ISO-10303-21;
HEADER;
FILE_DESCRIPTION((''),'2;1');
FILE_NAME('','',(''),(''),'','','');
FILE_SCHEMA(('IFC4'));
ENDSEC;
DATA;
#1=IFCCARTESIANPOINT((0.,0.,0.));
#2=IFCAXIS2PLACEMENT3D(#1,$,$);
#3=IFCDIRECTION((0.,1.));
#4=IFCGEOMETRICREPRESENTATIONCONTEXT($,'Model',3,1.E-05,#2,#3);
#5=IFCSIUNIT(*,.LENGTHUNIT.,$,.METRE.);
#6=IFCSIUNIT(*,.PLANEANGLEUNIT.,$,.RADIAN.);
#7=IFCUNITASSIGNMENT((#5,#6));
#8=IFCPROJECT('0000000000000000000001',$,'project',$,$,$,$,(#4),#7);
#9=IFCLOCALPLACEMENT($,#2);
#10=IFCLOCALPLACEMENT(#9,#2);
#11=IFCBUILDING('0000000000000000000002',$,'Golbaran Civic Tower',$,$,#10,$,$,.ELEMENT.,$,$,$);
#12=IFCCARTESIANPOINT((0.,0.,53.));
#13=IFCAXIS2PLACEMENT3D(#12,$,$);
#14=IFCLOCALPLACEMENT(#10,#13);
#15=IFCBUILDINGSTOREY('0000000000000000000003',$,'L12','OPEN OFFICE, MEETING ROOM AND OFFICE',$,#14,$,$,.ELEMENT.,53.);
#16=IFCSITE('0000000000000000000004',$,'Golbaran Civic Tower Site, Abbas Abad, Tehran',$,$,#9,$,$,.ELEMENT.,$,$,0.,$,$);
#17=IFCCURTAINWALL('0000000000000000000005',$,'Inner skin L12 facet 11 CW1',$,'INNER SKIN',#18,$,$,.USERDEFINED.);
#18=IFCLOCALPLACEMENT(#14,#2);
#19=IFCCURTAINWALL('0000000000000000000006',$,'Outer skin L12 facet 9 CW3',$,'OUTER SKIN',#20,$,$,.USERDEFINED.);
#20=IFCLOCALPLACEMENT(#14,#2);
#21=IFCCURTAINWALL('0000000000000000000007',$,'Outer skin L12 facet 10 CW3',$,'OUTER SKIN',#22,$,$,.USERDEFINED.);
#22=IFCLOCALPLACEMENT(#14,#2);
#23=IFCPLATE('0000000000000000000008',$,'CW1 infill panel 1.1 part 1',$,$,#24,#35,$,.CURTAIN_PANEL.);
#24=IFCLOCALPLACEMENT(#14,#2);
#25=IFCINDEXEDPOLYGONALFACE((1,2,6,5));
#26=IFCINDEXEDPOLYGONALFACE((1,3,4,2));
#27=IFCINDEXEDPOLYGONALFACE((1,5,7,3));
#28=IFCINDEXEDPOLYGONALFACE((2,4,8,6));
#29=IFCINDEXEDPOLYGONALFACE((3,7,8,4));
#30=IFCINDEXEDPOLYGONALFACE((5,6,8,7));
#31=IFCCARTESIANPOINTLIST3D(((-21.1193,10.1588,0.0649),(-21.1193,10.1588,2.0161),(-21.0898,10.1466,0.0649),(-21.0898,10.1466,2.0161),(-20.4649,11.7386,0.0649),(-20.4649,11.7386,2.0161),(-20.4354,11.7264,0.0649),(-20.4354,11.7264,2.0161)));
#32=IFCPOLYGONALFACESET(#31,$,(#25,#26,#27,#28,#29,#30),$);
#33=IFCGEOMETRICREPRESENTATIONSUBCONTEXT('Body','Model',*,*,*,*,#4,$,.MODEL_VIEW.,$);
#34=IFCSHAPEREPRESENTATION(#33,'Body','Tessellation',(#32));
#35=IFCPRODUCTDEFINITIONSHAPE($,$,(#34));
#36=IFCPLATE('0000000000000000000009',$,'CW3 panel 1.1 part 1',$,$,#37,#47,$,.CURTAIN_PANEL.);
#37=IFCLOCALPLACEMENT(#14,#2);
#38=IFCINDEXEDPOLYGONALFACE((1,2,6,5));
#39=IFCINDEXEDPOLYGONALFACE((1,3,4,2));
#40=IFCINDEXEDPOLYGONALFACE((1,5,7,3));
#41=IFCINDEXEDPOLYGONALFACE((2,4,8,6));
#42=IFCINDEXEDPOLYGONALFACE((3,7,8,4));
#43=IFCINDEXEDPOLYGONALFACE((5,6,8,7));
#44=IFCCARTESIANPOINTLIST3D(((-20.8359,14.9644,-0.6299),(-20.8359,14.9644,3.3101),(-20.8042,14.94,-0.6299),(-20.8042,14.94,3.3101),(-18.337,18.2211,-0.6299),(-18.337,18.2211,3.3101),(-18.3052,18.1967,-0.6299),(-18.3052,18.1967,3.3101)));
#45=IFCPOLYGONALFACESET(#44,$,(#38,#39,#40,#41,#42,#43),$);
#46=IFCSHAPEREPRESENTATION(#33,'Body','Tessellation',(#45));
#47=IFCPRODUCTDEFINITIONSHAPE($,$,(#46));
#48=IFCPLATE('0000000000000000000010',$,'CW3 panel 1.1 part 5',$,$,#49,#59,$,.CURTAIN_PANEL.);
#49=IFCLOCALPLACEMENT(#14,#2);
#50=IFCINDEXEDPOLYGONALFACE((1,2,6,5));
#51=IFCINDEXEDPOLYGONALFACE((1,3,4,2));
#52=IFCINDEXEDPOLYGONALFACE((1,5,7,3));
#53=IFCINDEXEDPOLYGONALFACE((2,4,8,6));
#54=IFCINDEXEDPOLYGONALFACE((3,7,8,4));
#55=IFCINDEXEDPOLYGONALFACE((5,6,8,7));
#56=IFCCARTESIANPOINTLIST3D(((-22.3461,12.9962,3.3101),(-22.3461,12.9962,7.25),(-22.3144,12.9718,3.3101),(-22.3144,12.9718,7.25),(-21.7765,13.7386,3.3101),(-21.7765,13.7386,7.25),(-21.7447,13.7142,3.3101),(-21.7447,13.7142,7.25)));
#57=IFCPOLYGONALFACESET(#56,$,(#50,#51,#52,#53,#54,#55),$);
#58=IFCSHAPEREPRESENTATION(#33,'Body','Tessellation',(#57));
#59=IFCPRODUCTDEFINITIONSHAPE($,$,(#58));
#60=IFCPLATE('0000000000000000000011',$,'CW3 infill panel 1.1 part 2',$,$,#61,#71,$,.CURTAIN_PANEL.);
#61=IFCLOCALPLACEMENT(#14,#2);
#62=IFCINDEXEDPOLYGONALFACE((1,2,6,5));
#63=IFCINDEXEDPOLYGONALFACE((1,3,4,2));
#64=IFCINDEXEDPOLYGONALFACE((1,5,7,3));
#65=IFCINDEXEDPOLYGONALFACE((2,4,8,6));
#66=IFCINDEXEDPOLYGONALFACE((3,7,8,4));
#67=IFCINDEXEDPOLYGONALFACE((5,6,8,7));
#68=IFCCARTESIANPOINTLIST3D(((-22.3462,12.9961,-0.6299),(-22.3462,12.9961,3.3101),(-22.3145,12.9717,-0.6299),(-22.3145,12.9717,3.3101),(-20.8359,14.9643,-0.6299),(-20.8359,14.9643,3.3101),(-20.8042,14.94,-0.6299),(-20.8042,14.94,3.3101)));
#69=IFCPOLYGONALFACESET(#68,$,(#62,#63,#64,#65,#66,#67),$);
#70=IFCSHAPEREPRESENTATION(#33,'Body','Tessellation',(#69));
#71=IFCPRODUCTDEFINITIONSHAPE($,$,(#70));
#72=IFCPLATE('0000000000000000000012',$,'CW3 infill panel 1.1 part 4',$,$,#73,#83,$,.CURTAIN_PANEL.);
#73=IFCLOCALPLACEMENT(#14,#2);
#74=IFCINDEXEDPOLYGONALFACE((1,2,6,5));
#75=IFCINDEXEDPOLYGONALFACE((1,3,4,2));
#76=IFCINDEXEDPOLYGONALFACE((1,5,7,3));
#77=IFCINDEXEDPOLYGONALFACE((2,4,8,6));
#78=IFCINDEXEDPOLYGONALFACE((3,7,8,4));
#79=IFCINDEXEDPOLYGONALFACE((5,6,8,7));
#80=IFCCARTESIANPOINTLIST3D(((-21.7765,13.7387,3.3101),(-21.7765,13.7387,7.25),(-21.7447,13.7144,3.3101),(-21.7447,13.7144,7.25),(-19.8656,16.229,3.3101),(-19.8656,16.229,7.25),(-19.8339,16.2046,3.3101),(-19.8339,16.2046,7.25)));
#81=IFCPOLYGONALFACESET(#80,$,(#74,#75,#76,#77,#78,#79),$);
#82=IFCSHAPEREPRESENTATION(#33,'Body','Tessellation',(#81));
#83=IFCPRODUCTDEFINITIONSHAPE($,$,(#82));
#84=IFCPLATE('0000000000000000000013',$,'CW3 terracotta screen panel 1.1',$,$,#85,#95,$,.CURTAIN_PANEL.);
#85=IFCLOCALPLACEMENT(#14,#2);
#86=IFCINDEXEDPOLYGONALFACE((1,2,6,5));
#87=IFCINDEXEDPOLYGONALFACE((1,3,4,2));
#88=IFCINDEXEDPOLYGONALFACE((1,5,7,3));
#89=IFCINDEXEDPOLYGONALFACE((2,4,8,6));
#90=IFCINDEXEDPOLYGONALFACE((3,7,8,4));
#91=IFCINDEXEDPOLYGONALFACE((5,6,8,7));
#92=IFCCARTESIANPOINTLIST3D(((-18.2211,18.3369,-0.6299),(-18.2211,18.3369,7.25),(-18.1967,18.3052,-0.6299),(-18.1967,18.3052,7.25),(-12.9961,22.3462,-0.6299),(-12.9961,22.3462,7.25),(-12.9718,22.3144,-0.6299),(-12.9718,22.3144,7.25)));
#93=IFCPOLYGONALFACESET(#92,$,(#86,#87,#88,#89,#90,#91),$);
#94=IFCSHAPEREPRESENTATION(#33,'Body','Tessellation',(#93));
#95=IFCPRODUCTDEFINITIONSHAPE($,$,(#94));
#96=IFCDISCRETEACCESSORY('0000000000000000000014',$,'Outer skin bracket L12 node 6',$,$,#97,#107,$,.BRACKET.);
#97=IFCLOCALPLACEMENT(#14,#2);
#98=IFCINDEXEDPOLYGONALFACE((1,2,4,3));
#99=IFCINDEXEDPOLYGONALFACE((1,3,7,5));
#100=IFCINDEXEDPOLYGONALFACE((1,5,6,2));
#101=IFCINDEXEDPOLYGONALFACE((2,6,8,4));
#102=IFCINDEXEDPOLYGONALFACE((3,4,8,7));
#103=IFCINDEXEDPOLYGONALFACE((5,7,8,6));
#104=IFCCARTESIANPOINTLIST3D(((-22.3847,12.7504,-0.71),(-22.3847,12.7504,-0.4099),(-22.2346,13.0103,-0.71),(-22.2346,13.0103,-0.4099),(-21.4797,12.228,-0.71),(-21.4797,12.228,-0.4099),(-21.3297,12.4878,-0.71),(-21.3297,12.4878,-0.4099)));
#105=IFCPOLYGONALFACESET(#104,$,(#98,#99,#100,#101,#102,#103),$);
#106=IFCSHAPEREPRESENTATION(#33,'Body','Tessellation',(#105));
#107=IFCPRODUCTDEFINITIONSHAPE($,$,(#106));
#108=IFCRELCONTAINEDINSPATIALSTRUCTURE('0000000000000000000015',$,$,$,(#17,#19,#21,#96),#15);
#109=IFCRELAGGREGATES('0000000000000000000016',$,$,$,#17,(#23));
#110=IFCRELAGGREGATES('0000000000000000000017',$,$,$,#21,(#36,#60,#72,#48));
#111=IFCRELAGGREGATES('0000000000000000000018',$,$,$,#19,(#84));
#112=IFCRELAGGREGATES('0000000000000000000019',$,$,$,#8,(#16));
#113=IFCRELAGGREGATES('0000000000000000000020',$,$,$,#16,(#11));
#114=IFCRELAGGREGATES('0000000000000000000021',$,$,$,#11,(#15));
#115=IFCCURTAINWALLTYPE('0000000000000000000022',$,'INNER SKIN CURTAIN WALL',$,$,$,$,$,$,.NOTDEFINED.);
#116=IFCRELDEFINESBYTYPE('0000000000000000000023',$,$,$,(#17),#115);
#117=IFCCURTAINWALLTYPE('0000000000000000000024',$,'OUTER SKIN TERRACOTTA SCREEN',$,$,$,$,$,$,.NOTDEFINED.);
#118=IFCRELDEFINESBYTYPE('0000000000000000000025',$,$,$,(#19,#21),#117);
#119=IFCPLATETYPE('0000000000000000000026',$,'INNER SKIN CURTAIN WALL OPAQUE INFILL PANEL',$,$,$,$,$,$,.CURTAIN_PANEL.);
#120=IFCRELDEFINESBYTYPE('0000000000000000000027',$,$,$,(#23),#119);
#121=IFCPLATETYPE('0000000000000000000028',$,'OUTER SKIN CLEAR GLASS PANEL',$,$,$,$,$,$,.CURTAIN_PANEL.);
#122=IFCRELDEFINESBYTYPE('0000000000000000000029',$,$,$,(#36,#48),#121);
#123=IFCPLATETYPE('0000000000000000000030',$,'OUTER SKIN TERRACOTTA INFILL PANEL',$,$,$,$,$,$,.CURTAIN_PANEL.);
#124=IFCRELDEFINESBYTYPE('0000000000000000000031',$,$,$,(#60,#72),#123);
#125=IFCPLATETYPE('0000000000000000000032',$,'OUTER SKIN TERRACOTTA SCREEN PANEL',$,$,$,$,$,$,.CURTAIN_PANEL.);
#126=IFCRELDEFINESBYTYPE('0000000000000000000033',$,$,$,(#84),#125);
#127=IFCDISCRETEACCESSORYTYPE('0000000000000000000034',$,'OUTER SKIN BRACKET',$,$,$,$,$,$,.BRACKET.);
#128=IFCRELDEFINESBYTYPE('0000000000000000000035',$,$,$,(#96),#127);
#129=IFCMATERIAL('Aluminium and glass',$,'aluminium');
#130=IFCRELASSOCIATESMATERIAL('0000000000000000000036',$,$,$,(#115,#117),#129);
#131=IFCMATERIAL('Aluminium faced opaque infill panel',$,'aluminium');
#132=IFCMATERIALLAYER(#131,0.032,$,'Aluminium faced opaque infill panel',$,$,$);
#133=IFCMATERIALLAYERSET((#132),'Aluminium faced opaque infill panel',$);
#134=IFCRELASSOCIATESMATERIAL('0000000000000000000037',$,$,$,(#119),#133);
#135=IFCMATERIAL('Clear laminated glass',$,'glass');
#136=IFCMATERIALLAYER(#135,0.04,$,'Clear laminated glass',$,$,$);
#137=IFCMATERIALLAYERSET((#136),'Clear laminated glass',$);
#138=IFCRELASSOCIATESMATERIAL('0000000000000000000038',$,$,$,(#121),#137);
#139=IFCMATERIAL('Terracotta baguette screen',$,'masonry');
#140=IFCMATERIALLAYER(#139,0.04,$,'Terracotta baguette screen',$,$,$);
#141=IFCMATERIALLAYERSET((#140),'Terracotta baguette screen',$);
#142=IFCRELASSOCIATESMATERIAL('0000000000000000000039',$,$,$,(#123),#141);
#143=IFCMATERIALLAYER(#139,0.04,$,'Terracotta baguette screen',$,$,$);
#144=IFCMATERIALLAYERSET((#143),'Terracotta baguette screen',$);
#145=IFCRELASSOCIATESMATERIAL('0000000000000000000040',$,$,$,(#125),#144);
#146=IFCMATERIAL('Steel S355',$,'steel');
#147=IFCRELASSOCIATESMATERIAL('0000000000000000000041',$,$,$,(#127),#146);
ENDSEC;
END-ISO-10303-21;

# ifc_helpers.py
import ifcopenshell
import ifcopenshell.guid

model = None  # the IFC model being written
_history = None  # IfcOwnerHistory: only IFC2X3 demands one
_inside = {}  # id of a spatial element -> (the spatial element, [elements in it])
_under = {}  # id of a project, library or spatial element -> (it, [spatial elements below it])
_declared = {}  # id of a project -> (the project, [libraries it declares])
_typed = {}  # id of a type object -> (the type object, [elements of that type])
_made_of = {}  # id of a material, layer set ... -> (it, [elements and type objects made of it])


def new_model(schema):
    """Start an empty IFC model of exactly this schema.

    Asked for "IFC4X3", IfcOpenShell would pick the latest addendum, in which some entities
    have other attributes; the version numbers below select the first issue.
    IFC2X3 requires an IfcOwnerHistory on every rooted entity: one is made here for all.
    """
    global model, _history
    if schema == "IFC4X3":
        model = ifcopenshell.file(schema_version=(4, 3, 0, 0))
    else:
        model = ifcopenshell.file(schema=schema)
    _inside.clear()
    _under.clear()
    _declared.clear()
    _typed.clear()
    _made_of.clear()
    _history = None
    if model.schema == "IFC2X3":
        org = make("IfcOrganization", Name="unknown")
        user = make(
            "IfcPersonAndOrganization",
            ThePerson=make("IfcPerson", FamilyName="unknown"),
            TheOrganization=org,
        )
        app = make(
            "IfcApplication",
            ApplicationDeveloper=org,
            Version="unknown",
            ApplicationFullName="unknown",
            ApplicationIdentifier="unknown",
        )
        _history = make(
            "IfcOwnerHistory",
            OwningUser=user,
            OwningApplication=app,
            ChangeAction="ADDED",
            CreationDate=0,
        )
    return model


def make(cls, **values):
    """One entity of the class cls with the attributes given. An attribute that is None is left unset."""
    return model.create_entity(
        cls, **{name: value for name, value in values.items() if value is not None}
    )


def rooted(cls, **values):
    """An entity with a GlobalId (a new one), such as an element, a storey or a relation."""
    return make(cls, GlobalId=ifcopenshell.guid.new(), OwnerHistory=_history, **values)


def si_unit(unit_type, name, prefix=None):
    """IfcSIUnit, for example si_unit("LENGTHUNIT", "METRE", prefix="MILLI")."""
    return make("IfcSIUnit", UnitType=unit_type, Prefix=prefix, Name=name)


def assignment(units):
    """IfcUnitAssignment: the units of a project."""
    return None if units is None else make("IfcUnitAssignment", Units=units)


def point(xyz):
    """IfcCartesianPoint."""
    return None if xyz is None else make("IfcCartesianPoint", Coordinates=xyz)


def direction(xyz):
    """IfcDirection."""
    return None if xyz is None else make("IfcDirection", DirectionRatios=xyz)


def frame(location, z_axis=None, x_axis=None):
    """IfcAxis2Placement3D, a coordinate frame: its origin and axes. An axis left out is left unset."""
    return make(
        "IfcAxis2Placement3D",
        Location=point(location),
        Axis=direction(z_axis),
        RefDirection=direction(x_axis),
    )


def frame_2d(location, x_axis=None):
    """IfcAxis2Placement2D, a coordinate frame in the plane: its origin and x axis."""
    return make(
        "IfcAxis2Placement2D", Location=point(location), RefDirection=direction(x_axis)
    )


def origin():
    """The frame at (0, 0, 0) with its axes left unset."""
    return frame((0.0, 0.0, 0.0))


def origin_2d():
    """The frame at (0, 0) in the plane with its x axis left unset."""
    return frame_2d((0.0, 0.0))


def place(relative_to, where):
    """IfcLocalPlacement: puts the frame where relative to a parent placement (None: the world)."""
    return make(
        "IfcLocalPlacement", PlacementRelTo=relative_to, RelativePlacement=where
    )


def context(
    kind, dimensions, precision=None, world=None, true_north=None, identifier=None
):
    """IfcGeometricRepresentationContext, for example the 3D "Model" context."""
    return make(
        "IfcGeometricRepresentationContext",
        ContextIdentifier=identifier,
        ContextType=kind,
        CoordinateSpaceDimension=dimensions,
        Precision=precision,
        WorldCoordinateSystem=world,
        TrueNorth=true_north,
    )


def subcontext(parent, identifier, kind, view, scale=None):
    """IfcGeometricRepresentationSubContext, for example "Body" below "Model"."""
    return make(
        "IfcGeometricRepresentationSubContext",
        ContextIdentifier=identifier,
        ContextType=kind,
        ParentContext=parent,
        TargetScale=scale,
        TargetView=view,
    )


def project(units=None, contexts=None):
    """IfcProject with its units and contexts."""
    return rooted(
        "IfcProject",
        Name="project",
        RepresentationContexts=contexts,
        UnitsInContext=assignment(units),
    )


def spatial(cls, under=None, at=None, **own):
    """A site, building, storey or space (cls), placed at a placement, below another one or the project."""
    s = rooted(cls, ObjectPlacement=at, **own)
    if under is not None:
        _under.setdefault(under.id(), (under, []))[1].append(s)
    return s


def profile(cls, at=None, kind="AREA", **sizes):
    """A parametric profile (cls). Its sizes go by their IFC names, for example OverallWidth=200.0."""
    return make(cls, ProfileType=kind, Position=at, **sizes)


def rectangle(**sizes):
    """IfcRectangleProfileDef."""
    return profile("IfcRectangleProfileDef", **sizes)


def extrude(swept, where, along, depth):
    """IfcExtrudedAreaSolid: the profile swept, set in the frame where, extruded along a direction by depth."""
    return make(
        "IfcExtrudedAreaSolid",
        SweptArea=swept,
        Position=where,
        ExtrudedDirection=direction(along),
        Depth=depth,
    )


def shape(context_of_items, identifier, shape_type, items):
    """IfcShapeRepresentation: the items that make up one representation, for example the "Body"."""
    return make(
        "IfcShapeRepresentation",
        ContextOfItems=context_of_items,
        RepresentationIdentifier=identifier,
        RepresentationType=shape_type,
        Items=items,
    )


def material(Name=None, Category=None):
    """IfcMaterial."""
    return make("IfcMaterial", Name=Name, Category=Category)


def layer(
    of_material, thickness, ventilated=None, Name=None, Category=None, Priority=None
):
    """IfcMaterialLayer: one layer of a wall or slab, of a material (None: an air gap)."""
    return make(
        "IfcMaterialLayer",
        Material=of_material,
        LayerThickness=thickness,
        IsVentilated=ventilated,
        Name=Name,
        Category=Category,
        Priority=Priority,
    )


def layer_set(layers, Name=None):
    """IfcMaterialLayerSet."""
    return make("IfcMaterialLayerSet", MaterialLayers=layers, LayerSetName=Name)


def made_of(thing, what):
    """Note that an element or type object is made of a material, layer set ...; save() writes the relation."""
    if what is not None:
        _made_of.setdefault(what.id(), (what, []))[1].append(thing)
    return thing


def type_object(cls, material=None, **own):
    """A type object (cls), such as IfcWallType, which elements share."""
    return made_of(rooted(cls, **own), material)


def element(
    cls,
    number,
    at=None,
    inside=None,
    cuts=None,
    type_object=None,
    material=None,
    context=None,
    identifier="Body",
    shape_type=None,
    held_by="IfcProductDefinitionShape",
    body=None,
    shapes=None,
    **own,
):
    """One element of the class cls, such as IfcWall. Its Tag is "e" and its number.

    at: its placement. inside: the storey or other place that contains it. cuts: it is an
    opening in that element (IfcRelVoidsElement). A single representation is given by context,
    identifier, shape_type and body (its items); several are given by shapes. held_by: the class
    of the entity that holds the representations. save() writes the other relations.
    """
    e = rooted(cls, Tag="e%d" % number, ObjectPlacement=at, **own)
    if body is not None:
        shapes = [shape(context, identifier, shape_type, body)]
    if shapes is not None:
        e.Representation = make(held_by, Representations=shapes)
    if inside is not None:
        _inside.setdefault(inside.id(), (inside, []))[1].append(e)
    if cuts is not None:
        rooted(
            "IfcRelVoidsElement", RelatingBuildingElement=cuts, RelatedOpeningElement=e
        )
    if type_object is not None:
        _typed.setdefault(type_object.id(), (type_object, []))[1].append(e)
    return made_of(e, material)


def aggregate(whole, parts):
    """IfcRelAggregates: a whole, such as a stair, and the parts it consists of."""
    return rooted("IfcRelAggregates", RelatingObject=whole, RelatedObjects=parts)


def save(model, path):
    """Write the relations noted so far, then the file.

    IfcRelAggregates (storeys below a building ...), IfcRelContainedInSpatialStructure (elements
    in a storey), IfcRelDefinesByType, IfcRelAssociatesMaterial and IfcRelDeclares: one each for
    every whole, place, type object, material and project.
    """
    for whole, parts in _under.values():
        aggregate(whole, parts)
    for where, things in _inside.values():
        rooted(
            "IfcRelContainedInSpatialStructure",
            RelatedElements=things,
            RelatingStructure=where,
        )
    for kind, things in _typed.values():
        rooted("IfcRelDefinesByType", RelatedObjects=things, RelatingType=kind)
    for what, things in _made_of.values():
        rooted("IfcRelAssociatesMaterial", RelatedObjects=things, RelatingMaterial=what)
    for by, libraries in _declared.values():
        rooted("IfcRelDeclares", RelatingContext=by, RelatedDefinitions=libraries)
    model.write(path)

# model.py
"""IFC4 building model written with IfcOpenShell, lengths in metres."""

from ifc_helpers import new_model, si_unit, direction, frame, origin, origin_2d, place, context, subcontext, project, spatial, rectangle, extrude, material, layer, layer_set, type_object, element, aggregate, save


model = new_model("IFC4")

# Units and contexts
model_context = context("Model", 3, precision=1e-05, world=origin(), true_north=direction((0.0, 1.0)))
body_context = subcontext(model_context, "Body", "Model", "MODEL_VIEW")
ifc_project = project(units=[si_unit("LENGTHUNIT", "METRE"), si_unit("PLANEANGLEUNIT", "RADIAN")], contexts=[model_context])

# Site, building, storey
site_placement = place(None, origin())
site = spatial("IfcSite", under=ifc_project, at=site_placement, Name="Golbaran Civic Tower Site, Abbas Abad, Tehran", CompositionType="ELEMENT", RefElevation=0.0)
building_placement = place(site_placement, origin())
building = spatial("IfcBuilding", under=site, at=building_placement, Name="Golbaran Civic Tower", CompositionType="ELEMENT")
storey_placement = place(building_placement, frame((0.0, 0.0, 53.0)))
storey = spatial("IfcBuildingStorey", under=building, at=storey_placement, Name="L12", Description="OPEN OFFICE, MEETING ROOM AND OFFICE", CompositionType="ELEMENT", Elevation=53.0)

# Shared definitions
ifc_material_1 = material(Name="Steel S355", Category="steel")

# Shared definitions
ifc_material_2 = material(Name="Aluminium and glass", Category="aluminium")
curtain_wall_type_1 = type_object("IfcCurtainWallType", Name="INNER SKIN CURTAIN WALL", PredefinedType="NOTDEFINED", material=ifc_material_2)

# Curtain wall
curtain_wall_1_placement = place(storey_placement, origin())
curtain_wall_1 = element("IfcCurtainWall", 1, at=curtain_wall_1_placement, inside=storey, type_object=curtain_wall_type_1, Name="Inner skin L12 facet 11 CW1", ObjectType="INNER SKIN", PredefinedType="USERDEFINED")

# Curtain wall
curtain_wall_type_2 = type_object("IfcCurtainWallType", Name="OUTER SKIN TERRACOTTA SCREEN", PredefinedType="NOTDEFINED", material=ifc_material_2)
curtain_wall_2_placement = place(storey_placement, origin())
curtain_wall_2 = element("IfcCurtainWall", 2, at=curtain_wall_2_placement, inside=storey, type_object=curtain_wall_type_2, Name="Outer skin L12 facet 9 CW3", ObjectType="OUTER SKIN", PredefinedType="USERDEFINED")

# Curtain wall
curtain_wall_3_placement = place(storey_placement, origin())
curtain_wall_3 = element("IfcCurtainWall", 3, at=curtain_wall_3_placement, inside=storey, type_object=curtain_wall_type_2, Name="Outer skin L12 facet 10 CW3", ObjectType="OUTER SKIN", PredefinedType="USERDEFINED")

# Plates
ifc_material_3 = material(Name="Aluminium faced opaque infill panel", Category="aluminium")
ifc_layer_1 = layer(ifc_material_3, 0.032, Name="Aluminium faced opaque infill panel")
ifc_layer_set_1 = layer_set([ifc_layer_1], Name="Aluminium faced opaque infill panel")
plate_type_1 = type_object("IfcPlateType", Name="INNER SKIN CURTAIN WALL OPAQUE INFILL PANEL", PredefinedType="CURTAIN_PANEL", material=ifc_layer_set_1)
plate_1_placement = place(storey_placement, frame((-20.7773, 10.9426, 0.0649), z_axis=(0.0, 0.0, 1.0), x_axis=(-0.382683, -0.92388, 0.0)))
plate_1 = element("IfcPlate", 4, at=plate_1_placement, type_object=plate_type_1, Name="CW1 infill panel 1.1 part 1", PredefinedType="CURTAIN_PANEL", context=body_context, shape_type="SweptSolid", body=[
    extrude(rectangle(XDim=1.71, YDim=0.032, at=origin_2d()), origin(), (0.0, 0.0, 1.0), 1.9512),
])
aggregate(curtain_wall_1, [plate_1])
ifc_material_4 = material(Name="Clear laminated glass", Category="glass")
ifc_layer_2 = layer(ifc_material_4, 0.04, Name="Clear laminated glass")
ifc_layer_set_2 = layer_set([ifc_layer_2], Name="Clear laminated glass")
plate_type_2 = type_object("IfcPlateType", Name="OUTER SKIN CLEAR GLASS PANEL", PredefinedType="CURTAIN_PANEL", material=ifc_layer_set_2)
plate_2_placement = place(storey_placement, frame((-19.5706, 16.5806, -0.6299), z_axis=(0.0, 0.0, 1.0), x_axis=(-0.608761, -0.793353, 0.0)))
plate_2 = element("IfcPlate", 5, at=plate_2_placement, type_object=plate_type_2, Name="CW3 panel 1.1 part 1", PredefinedType="CURTAIN_PANEL", context=body_context, shape_type="SweptSolid", body=[
    extrude(rectangle(XDim=4.105, YDim=0.04, at=origin_2d()), origin(), (0.0, 0.0, 1.0), 3.9399),
])
plate_3_placement = place(storey_placement, frame((-22.0454, 13.3552, 3.3101), z_axis=(0.0, 0.0, 1.0), x_axis=(-0.608761, -0.793353, 0.0)))
plate_3 = element("IfcPlate", 6, at=plate_3_placement, type_object=plate_type_2, Name="CW3 panel 1.1 part 5", PredefinedType="CURTAIN_PANEL", context=body_context, shape_type="SweptSolid", body=[
    extrude(rectangle(XDim=0.9358, YDim=0.04, at=origin_2d()), origin(), (0.0, 0.0, 1.0), 3.9399),
])
ifc_material_5 = material(Name="Terracotta baguette screen", Category="masonry")
ifc_layer_3 = layer(ifc_material_5, 0.04, Name="Terracotta baguette screen")
ifc_layer_set_3 = layer_set([ifc_layer_3], Name="Terracotta baguette screen")
plate_type_3 = type_object("IfcPlateType", Name="OUTER SKIN TERRACOTTA INFILL PANEL", PredefinedType="CURTAIN_PANEL", material=ifc_layer_set_3)
plate_4_placement = place(storey_placement, frame((-21.5752, 13.968, -0.6299), z_axis=(0.0, 0.0, 1.0), x_axis=(-0.608761, -0.793353, 0.0)))
plate_4 = element("IfcPlate", 7, at=plate_4_placement, type_object=plate_type_3, Name="CW3 infill panel 1.1 part 2", PredefinedType="CURTAIN_PANEL", context=body_context, shape_type="SweptSolid", body=[
    extrude(rectangle(XDim=2.481, YDim=0.04, at=origin_2d()), origin(), (0.0, 0.0, 1.0), 3.9399),
])
plate_5_placement = place(storey_placement, frame((-20.8052, 14.9717, 3.3101), z_axis=(0.0, 0.0, 1.0), x_axis=(-0.608761, -0.793353, 0.0)))
plate_5 = element("IfcPlate", 8, at=plate_5_placement, type_object=plate_type_3, Name="CW3 infill panel 1.1 part 4", PredefinedType="CURTAIN_PANEL", context=body_context, shape_type="SweptSolid", body=[
    extrude(rectangle(XDim=3.1389, YDim=0.04, at=origin_2d()), origin(), (0.0, 0.0, 1.0), 3.9399),
])
aggregate(curtain_wall_3, [plate_2, plate_4, plate_5, plate_3])
ifc_layer_4 = layer(ifc_material_5, 0.04, Name="Terracotta baguette screen")
ifc_layer_set_4 = layer_set([ifc_layer_4], Name="Terracotta baguette screen")
plate_type_4 = type_object("IfcPlateType", Name="OUTER SKIN TERRACOTTA SCREEN PANEL", PredefinedType="CURTAIN_PANEL", material=ifc_layer_set_4)
plate_6_placement = place(storey_placement, frame((-15.5964, 20.3257, -0.6299), z_axis=(0.0, 0.0, 1.0), x_axis=(-0.793353, -0.608761, 0.0)))
plate_6 = element("IfcPlate", 9, at=plate_6_placement, type_object=plate_type_4, Name="CW3 terracotta screen panel 1.1", PredefinedType="CURTAIN_PANEL", context=body_context, shape_type="SweptSolid", body=[
    extrude(rectangle(XDim=6.5859, YDim=0.04, at=origin_2d()), origin(), (0.0, 0.0, 1.0), 7.8799),
])
aggregate(curtain_wall_2, [plate_6])

# Discrete accessory
discrete_accessory_type = type_object("IfcDiscreteAccessoryType", Name="OUTER SKIN BRACKET", PredefinedType="BRACKET", material=ifc_material_1)
discrete_accessory_placement = place(storey_placement, frame((-21.8572, 12.6191, -0.71), z_axis=(0.0, 0.0, 1.0), x_axis=(-0.866025, 0.5, 0.0)))
element("IfcDiscreteAccessory", 10, at=discrete_accessory_placement, inside=storey, type_object=discrete_accessory_type, Name="Outer skin bracket L12 node 6", PredefinedType="BRACKET", context=body_context, shape_type="SweptSolid", body=[
    extrude(rectangle(XDim=1.0449, YDim=0.3, at=origin_2d()), origin(), (0.0, 0.0, 1.0), 0.3),
])

save(model, "model.ifc")
